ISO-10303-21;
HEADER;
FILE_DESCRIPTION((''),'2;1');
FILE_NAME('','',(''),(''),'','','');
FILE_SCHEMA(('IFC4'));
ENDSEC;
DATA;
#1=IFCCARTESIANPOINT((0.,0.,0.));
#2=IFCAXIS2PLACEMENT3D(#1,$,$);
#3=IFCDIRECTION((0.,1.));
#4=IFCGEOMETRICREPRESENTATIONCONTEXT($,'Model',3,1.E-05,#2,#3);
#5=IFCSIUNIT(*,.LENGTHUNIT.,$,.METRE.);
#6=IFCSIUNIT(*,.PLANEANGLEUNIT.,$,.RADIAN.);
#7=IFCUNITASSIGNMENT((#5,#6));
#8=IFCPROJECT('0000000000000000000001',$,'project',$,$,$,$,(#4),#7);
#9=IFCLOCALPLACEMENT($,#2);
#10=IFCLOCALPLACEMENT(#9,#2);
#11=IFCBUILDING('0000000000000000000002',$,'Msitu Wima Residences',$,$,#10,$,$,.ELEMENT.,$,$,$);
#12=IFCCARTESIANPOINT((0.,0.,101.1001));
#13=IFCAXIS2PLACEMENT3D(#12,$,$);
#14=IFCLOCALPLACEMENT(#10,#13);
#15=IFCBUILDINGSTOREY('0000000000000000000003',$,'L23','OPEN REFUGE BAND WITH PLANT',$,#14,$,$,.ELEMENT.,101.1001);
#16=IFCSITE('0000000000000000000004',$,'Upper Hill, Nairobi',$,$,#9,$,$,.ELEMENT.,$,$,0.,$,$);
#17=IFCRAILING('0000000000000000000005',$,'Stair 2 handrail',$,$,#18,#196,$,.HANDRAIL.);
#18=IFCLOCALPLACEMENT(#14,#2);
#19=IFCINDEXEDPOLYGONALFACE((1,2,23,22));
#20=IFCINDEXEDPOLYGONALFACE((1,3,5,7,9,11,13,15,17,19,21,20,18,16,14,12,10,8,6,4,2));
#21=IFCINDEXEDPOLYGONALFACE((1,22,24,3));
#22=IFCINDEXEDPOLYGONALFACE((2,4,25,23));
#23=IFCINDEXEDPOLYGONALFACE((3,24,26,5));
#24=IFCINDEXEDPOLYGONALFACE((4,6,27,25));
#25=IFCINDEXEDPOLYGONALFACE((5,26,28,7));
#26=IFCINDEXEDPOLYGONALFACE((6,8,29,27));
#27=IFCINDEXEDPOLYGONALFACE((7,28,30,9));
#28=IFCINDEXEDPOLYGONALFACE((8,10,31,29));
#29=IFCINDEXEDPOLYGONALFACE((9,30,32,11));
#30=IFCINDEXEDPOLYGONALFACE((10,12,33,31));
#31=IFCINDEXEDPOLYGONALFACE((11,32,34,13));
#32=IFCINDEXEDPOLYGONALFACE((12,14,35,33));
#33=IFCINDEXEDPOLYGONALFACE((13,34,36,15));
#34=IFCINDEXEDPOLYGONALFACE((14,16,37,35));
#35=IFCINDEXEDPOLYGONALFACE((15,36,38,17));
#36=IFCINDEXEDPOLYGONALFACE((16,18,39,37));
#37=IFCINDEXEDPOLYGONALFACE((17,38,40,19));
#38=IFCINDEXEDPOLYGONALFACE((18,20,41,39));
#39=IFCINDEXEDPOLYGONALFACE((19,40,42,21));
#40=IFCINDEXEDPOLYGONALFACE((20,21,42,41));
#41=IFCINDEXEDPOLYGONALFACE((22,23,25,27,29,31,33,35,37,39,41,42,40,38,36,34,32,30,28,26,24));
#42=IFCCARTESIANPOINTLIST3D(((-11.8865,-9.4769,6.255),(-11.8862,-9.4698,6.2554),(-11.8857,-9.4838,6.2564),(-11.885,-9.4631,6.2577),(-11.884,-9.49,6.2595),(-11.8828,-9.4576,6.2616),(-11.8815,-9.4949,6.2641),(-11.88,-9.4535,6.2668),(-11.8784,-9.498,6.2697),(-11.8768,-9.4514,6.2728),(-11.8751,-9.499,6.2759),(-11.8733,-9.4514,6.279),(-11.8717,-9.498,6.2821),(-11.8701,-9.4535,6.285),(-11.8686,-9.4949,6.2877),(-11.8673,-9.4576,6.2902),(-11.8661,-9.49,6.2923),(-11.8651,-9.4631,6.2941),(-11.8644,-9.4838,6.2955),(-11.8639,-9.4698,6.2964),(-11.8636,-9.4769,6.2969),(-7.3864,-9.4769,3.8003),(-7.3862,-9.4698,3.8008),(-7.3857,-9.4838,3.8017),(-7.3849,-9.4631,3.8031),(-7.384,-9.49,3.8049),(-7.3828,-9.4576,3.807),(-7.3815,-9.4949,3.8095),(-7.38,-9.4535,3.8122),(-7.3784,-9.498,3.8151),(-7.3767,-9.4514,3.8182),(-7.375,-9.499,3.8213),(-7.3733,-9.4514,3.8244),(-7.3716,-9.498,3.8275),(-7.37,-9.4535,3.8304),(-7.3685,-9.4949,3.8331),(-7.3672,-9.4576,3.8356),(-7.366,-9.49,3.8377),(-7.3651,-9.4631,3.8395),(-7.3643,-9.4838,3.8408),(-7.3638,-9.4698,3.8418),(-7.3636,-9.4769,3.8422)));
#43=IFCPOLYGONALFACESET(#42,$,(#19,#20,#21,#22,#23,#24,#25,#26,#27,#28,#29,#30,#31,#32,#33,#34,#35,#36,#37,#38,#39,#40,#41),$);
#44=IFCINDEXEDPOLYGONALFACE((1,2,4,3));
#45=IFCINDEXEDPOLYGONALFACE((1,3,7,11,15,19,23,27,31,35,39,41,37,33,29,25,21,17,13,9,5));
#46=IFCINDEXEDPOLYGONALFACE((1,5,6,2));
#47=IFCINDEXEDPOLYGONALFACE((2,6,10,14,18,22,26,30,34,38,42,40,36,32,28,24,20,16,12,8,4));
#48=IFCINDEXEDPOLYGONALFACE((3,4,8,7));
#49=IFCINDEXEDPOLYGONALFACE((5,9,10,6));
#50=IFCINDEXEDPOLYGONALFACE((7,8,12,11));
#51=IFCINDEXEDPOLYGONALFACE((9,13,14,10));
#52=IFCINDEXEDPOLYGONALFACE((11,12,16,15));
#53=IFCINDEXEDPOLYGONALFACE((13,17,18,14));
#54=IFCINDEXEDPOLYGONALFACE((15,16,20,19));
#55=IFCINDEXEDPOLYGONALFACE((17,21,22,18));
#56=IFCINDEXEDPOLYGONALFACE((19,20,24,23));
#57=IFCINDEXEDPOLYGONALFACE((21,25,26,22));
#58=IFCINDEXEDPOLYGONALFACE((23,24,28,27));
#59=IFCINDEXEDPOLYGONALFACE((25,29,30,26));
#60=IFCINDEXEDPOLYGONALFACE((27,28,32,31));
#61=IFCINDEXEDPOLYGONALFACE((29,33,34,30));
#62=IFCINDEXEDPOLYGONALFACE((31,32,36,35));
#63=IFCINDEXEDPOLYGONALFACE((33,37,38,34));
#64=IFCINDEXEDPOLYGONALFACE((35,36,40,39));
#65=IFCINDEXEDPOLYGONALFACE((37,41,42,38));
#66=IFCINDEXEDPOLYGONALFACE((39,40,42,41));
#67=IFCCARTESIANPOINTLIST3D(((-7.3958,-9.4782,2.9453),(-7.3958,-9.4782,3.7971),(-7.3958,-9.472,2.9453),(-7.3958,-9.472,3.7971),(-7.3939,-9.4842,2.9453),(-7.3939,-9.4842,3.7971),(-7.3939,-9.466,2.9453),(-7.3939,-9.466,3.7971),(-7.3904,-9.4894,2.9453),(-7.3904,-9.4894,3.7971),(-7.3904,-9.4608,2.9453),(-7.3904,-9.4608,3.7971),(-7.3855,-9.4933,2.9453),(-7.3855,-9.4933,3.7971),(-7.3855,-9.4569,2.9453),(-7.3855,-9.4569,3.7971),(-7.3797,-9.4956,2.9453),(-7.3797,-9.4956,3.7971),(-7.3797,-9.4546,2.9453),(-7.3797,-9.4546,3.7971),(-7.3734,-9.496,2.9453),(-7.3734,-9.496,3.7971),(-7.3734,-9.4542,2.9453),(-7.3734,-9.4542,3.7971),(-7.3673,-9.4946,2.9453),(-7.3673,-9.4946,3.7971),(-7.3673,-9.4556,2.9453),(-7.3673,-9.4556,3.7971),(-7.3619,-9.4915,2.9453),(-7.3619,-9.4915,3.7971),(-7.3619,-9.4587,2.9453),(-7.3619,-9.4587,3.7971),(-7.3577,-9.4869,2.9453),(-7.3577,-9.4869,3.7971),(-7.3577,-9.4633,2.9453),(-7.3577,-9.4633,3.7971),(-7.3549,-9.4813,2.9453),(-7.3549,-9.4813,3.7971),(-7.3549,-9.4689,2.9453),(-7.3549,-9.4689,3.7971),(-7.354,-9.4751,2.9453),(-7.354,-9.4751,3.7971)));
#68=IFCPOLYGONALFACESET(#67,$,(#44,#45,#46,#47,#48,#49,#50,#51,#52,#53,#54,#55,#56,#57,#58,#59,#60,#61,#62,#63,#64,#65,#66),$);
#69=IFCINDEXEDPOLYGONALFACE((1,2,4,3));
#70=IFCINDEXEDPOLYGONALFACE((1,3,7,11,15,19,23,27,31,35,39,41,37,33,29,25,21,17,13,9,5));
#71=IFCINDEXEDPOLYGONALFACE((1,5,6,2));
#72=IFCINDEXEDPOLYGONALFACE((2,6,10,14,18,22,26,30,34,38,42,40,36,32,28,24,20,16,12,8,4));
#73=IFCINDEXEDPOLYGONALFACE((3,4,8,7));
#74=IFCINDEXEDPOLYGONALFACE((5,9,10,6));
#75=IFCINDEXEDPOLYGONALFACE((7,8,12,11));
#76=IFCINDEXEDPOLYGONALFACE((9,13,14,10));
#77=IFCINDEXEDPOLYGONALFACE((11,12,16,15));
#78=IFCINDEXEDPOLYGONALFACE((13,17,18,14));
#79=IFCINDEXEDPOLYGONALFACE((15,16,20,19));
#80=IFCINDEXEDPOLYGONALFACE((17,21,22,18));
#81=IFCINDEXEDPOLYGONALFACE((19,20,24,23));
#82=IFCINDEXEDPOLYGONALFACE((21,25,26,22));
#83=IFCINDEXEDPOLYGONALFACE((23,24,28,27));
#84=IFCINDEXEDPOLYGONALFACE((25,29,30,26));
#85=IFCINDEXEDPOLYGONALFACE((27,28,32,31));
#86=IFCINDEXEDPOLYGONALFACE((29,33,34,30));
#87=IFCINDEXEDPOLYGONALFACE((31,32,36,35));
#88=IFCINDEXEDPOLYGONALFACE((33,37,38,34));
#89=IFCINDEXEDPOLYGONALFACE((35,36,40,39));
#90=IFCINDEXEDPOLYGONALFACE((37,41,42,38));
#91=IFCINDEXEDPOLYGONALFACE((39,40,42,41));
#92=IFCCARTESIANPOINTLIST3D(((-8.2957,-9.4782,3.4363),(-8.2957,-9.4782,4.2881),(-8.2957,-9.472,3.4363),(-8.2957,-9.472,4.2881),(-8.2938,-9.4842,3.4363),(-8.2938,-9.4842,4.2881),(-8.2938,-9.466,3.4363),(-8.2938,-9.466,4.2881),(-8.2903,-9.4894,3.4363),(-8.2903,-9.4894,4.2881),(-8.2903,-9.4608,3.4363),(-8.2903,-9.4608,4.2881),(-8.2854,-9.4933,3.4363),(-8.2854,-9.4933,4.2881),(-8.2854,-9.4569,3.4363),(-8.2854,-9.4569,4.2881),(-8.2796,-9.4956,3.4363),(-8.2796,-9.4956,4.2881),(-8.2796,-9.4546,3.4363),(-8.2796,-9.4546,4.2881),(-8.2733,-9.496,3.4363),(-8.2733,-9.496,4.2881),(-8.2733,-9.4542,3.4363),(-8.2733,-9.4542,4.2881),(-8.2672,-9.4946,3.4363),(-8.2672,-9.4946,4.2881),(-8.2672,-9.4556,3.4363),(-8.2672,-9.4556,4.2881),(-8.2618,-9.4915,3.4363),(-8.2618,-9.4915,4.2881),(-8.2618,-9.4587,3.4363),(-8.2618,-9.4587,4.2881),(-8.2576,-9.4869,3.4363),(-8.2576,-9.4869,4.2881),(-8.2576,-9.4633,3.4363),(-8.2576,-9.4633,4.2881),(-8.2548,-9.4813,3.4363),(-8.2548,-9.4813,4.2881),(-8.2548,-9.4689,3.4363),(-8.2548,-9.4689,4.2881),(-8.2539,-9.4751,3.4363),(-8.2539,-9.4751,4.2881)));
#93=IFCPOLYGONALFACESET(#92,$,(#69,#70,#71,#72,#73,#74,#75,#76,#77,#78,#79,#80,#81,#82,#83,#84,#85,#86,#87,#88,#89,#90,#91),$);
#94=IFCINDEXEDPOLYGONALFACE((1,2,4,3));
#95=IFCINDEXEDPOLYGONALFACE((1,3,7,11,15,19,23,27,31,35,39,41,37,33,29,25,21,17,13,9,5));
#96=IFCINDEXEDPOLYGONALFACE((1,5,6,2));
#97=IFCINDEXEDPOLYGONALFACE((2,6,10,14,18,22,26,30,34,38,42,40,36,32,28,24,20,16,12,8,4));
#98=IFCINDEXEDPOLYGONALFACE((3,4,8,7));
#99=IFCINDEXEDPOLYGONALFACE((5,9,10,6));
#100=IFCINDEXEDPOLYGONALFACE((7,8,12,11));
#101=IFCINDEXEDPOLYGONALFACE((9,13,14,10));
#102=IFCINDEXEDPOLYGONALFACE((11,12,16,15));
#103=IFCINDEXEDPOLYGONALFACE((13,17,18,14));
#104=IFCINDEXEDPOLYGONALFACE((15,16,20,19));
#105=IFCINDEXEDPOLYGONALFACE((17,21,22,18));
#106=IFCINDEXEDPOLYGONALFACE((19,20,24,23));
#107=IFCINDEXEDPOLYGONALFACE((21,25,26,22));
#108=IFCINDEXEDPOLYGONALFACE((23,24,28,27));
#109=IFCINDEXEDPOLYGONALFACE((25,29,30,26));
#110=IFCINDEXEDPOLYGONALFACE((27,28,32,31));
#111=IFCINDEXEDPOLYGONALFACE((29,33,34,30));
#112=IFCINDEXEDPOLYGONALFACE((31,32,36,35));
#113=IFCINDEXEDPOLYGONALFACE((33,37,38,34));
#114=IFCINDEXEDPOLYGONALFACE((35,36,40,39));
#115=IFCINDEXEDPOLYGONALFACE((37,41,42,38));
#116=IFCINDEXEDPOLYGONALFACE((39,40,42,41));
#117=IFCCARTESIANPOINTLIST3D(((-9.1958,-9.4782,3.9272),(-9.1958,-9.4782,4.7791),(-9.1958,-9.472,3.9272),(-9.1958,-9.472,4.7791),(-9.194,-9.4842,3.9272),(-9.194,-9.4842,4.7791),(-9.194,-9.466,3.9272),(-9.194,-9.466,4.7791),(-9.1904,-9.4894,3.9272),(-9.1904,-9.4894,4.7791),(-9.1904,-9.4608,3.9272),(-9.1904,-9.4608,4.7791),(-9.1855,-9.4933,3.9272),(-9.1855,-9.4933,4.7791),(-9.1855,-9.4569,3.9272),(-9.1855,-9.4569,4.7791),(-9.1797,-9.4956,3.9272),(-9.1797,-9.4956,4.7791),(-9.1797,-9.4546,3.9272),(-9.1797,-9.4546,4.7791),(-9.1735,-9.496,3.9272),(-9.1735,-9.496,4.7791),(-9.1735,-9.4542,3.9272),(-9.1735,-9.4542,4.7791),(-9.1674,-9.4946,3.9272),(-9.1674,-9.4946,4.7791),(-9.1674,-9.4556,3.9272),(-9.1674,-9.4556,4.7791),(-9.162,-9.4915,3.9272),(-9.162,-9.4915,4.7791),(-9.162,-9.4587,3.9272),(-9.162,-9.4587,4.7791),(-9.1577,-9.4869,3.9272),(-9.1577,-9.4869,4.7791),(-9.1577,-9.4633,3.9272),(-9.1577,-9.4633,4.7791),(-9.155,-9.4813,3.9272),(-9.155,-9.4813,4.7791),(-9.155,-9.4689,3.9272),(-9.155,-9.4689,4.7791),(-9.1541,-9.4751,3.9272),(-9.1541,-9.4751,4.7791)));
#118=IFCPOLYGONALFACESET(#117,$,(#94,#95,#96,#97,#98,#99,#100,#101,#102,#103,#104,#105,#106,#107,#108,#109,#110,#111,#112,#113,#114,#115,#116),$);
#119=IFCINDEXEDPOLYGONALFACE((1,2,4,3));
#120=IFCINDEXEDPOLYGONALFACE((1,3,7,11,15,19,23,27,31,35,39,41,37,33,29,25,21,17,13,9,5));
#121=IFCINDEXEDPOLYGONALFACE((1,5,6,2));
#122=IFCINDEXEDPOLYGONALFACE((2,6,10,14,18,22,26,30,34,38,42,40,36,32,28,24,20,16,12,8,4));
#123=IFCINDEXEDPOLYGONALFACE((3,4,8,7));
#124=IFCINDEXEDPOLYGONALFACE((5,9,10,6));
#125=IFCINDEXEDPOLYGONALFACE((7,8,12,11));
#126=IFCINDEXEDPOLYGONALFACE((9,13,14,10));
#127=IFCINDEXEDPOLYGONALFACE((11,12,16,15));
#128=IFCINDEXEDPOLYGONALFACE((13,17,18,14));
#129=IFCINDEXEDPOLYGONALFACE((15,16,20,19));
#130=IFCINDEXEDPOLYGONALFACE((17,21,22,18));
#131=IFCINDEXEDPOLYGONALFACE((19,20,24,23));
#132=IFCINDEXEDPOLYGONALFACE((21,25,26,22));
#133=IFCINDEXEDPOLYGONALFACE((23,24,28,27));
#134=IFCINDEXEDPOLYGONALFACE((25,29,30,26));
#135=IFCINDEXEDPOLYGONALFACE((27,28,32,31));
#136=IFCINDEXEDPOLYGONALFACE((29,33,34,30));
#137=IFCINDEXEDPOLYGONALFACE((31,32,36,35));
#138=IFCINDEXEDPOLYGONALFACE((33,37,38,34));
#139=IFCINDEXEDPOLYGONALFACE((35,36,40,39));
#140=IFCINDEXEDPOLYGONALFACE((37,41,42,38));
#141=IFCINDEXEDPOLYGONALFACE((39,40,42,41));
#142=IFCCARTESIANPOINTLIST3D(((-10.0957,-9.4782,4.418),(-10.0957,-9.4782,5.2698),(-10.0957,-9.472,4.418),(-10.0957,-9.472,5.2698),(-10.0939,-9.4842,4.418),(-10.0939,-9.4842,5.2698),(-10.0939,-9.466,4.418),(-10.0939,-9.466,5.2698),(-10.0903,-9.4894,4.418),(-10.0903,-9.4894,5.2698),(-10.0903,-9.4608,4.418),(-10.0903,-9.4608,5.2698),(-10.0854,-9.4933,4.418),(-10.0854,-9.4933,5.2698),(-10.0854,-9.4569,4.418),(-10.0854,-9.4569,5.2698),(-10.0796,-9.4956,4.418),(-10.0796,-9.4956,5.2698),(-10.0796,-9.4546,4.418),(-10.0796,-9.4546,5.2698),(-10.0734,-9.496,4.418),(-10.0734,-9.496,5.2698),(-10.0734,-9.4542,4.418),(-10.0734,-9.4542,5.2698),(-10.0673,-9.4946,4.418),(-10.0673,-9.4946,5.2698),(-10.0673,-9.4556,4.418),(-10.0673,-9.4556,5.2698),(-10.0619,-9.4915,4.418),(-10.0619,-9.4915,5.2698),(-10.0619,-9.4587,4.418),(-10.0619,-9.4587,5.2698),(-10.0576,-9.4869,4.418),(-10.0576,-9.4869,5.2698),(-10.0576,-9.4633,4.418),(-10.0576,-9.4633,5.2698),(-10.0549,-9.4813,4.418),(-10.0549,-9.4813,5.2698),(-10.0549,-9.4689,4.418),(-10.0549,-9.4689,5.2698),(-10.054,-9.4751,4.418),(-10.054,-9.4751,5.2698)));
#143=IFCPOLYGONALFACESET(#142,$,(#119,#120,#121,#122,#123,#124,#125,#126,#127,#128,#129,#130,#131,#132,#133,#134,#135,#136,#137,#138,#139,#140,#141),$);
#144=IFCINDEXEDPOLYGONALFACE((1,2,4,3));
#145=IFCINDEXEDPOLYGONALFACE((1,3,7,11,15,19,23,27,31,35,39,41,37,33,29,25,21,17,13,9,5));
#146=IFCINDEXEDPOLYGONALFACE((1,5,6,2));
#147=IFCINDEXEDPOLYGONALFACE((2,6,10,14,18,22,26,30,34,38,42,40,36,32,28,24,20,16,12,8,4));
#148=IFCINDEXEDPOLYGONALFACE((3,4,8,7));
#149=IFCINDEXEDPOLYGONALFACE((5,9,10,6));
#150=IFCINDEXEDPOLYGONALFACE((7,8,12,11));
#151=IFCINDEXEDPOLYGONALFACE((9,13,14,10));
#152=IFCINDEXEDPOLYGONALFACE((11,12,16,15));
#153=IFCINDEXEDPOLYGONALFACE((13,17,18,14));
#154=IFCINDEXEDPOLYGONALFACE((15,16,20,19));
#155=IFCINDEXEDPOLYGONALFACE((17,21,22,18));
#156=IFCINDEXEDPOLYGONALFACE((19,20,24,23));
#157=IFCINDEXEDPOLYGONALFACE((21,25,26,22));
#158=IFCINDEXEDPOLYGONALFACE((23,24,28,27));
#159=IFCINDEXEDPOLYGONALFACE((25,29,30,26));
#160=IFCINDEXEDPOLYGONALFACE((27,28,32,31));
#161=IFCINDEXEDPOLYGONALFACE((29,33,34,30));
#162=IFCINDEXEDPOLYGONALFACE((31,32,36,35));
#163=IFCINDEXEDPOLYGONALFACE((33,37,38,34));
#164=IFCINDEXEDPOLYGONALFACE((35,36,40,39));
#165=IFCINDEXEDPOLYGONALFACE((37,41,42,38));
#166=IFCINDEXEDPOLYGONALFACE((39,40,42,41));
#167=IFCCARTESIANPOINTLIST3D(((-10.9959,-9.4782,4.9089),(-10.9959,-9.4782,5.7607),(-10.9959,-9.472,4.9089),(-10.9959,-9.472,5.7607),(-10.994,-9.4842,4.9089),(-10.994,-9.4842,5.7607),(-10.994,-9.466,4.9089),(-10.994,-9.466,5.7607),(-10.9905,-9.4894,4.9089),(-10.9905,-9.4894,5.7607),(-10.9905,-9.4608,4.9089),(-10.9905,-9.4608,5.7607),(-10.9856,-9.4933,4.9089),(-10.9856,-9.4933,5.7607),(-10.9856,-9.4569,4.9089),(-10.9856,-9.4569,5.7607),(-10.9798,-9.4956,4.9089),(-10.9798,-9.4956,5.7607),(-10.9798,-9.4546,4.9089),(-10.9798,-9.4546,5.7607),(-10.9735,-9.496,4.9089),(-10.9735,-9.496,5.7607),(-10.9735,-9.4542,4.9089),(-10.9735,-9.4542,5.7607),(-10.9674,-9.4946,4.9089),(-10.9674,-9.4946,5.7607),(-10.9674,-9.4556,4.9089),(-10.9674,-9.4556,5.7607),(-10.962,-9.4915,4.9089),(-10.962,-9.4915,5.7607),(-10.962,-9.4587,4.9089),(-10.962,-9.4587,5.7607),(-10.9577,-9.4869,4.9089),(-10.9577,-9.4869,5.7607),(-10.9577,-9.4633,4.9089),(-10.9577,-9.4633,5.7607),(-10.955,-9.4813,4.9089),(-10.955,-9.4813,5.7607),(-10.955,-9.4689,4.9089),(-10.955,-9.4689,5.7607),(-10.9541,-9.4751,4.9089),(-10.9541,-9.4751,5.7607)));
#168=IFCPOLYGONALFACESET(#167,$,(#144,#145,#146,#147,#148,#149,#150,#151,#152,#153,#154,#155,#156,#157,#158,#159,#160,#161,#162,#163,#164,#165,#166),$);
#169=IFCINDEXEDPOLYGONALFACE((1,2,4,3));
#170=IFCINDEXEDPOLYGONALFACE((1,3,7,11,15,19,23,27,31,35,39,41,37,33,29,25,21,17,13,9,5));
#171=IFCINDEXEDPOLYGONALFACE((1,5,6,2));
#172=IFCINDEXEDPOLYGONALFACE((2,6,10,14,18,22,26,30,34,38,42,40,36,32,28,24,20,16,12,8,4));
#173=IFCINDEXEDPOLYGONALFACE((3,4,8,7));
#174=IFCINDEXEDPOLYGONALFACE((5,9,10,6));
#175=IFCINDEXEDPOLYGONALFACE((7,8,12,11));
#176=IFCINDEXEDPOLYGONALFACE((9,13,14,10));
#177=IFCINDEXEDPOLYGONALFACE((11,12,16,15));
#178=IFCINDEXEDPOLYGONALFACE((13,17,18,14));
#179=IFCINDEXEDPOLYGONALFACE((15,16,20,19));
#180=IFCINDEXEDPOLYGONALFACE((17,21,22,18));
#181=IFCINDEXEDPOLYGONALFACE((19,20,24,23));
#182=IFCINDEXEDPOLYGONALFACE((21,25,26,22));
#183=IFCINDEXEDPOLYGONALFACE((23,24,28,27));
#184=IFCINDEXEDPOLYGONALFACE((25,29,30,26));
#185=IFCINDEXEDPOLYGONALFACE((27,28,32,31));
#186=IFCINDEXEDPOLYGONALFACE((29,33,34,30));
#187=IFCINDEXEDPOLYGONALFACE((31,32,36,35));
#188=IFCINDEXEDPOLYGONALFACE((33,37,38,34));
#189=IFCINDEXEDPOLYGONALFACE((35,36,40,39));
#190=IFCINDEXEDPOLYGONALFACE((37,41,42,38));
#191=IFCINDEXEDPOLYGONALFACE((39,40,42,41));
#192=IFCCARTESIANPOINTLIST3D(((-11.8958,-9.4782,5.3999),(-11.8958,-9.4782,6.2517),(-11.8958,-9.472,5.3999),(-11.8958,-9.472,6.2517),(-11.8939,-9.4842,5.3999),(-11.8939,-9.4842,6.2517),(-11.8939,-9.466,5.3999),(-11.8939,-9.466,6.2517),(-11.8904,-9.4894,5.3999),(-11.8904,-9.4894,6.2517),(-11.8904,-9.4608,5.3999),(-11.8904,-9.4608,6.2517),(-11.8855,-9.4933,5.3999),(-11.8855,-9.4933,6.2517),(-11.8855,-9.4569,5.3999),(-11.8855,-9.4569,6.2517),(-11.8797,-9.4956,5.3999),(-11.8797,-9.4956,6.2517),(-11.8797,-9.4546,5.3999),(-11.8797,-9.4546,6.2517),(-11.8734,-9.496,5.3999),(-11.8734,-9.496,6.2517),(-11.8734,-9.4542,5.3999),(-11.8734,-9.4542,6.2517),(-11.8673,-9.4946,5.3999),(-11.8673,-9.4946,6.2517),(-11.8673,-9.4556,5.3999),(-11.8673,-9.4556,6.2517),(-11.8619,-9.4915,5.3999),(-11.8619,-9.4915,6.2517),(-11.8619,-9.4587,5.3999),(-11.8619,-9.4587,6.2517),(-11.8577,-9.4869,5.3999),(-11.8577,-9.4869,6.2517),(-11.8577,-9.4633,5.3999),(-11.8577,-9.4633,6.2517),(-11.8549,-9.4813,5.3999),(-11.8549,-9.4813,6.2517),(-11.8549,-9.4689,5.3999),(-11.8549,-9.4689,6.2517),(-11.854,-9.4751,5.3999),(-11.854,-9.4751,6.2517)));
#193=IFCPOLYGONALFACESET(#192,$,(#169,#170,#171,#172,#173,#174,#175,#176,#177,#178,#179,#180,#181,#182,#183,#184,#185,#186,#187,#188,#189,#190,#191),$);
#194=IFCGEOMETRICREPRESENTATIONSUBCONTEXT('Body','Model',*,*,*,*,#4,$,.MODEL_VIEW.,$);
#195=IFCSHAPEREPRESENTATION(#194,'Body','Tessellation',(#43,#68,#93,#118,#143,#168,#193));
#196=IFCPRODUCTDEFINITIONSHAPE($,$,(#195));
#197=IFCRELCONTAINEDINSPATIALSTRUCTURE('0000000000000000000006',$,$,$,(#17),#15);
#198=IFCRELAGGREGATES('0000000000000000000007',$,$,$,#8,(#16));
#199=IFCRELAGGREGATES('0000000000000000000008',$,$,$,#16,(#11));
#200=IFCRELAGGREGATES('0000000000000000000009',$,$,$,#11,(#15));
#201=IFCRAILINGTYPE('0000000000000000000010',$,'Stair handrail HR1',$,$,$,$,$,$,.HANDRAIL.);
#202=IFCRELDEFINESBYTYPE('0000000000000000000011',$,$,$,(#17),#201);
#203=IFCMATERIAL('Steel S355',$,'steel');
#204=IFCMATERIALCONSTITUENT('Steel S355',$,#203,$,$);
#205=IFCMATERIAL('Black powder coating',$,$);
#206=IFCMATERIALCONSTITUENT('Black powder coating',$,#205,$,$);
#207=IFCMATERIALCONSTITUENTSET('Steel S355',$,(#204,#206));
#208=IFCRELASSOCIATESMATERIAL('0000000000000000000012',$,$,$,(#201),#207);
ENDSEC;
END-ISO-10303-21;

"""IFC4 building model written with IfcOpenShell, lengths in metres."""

from ifc_helpers import new_model, si_unit, direction, frame, origin, origin_2d, place, context, subcontext, project, spatial, circle, extrude, material, constituent, constituent_set, type_object, element, save


model = new_model("IFC4")

# Units and contexts
model_context = context("Model", 3, precision=1e-05, world=origin(), true_north=direction((0.0, 1.0)))
body_context = subcontext(model_context, "Body", "Model", "MODEL_VIEW")
ifc_project = project(units=[si_unit("LENGTHUNIT", "METRE"), si_unit("PLANEANGLEUNIT", "RADIAN")], contexts=[model_context])

# Site, building, storey
site_placement = place(None, origin())
site = spatial("IfcSite", under=ifc_project, at=site_placement, Name="Upper Hill, Nairobi", CompositionType="ELEMENT", RefElevation=0.0)
building_placement = place(site_placement, origin())
building = spatial("IfcBuilding", under=site, at=building_placement, Name="Msitu Wima Residences", CompositionType="ELEMENT")
storey_placement = place(building_placement, frame((0.0, 0.0, 101.1001)))
storey = spatial("IfcBuildingStorey", under=building, at=storey_placement, Name="L23", Description="OPEN REFUGE BAND WITH PLANT", CompositionType="ELEMENT", Elevation=101.1001)

# Railing
ifc_material_1 = material(Name="Steel S355", Category="steel")
ifc_constituent_1 = constituent(ifc_material_1, Name="Steel S355")
ifc_material_2 = material(Name="Black powder coating")
ifc_constituent_2 = constituent(ifc_material_2, Name="Black powder coating")
ifc_constituent_set = constituent_set(constituents=[ifc_constituent_1, ifc_constituent_2], Name="Steel S355")
railing_type = type_object("IfcRailingType", Name="Stair handrail HR1", PredefinedType="HANDRAIL", material=ifc_constituent_set)
for number, where, name in (
    (1, (-7.375, -9.4751, 2.9453), "Stair 2 handrail"),
):
    element("IfcRailing", number, at=place(storey_placement, frame(where)), inside=storey, type_object=railing_type, Name=name, PredefinedType="HANDRAIL", context=body_context, shape_type="SweptSolid", body=[
        extrude(circle(Radius=0.0239, at=origin_2d()), frame((0.0, 0.0, 0.876), z_axis=(-0.877892, 0.0, 0.478859), x_axis=(0.0, -1.0, 0.0)), (0.0, 0.0, 1.0), 5.126),
        extrude(circle(Radius=0.021, at=origin_2d()), origin(), (0.0, 0.0, 1.0), 0.8518),
        extrude(circle(Radius=0.021, at=origin_2d()), frame((-0.8999, 0.0, 0.491)), (0.0, 0.0, 1.0), 0.8518),
        extrude(circle(Radius=0.021, at=origin_2d()), frame((-1.8, 0.0, 0.9819)), (0.0, 0.0, 1.0), 0.8518),
        extrude(circle(Radius=0.021, at=origin_2d()), frame((-2.7, 0.0, 1.4727)), (0.0, 0.0, 1.0), 0.8518),
        extrude(circle(Radius=0.021, at=origin_2d()), frame((-3.6001, 0.0, 1.9636)), (0.0, 0.0, 1.0), 0.8518),
        extrude(circle(Radius=0.021, at=origin_2d()), frame((-4.5, 0.0, 2.4546)), (0.0, 0.0, 1.0), 0.8518),
    ])

save(model, "model.ifc")
